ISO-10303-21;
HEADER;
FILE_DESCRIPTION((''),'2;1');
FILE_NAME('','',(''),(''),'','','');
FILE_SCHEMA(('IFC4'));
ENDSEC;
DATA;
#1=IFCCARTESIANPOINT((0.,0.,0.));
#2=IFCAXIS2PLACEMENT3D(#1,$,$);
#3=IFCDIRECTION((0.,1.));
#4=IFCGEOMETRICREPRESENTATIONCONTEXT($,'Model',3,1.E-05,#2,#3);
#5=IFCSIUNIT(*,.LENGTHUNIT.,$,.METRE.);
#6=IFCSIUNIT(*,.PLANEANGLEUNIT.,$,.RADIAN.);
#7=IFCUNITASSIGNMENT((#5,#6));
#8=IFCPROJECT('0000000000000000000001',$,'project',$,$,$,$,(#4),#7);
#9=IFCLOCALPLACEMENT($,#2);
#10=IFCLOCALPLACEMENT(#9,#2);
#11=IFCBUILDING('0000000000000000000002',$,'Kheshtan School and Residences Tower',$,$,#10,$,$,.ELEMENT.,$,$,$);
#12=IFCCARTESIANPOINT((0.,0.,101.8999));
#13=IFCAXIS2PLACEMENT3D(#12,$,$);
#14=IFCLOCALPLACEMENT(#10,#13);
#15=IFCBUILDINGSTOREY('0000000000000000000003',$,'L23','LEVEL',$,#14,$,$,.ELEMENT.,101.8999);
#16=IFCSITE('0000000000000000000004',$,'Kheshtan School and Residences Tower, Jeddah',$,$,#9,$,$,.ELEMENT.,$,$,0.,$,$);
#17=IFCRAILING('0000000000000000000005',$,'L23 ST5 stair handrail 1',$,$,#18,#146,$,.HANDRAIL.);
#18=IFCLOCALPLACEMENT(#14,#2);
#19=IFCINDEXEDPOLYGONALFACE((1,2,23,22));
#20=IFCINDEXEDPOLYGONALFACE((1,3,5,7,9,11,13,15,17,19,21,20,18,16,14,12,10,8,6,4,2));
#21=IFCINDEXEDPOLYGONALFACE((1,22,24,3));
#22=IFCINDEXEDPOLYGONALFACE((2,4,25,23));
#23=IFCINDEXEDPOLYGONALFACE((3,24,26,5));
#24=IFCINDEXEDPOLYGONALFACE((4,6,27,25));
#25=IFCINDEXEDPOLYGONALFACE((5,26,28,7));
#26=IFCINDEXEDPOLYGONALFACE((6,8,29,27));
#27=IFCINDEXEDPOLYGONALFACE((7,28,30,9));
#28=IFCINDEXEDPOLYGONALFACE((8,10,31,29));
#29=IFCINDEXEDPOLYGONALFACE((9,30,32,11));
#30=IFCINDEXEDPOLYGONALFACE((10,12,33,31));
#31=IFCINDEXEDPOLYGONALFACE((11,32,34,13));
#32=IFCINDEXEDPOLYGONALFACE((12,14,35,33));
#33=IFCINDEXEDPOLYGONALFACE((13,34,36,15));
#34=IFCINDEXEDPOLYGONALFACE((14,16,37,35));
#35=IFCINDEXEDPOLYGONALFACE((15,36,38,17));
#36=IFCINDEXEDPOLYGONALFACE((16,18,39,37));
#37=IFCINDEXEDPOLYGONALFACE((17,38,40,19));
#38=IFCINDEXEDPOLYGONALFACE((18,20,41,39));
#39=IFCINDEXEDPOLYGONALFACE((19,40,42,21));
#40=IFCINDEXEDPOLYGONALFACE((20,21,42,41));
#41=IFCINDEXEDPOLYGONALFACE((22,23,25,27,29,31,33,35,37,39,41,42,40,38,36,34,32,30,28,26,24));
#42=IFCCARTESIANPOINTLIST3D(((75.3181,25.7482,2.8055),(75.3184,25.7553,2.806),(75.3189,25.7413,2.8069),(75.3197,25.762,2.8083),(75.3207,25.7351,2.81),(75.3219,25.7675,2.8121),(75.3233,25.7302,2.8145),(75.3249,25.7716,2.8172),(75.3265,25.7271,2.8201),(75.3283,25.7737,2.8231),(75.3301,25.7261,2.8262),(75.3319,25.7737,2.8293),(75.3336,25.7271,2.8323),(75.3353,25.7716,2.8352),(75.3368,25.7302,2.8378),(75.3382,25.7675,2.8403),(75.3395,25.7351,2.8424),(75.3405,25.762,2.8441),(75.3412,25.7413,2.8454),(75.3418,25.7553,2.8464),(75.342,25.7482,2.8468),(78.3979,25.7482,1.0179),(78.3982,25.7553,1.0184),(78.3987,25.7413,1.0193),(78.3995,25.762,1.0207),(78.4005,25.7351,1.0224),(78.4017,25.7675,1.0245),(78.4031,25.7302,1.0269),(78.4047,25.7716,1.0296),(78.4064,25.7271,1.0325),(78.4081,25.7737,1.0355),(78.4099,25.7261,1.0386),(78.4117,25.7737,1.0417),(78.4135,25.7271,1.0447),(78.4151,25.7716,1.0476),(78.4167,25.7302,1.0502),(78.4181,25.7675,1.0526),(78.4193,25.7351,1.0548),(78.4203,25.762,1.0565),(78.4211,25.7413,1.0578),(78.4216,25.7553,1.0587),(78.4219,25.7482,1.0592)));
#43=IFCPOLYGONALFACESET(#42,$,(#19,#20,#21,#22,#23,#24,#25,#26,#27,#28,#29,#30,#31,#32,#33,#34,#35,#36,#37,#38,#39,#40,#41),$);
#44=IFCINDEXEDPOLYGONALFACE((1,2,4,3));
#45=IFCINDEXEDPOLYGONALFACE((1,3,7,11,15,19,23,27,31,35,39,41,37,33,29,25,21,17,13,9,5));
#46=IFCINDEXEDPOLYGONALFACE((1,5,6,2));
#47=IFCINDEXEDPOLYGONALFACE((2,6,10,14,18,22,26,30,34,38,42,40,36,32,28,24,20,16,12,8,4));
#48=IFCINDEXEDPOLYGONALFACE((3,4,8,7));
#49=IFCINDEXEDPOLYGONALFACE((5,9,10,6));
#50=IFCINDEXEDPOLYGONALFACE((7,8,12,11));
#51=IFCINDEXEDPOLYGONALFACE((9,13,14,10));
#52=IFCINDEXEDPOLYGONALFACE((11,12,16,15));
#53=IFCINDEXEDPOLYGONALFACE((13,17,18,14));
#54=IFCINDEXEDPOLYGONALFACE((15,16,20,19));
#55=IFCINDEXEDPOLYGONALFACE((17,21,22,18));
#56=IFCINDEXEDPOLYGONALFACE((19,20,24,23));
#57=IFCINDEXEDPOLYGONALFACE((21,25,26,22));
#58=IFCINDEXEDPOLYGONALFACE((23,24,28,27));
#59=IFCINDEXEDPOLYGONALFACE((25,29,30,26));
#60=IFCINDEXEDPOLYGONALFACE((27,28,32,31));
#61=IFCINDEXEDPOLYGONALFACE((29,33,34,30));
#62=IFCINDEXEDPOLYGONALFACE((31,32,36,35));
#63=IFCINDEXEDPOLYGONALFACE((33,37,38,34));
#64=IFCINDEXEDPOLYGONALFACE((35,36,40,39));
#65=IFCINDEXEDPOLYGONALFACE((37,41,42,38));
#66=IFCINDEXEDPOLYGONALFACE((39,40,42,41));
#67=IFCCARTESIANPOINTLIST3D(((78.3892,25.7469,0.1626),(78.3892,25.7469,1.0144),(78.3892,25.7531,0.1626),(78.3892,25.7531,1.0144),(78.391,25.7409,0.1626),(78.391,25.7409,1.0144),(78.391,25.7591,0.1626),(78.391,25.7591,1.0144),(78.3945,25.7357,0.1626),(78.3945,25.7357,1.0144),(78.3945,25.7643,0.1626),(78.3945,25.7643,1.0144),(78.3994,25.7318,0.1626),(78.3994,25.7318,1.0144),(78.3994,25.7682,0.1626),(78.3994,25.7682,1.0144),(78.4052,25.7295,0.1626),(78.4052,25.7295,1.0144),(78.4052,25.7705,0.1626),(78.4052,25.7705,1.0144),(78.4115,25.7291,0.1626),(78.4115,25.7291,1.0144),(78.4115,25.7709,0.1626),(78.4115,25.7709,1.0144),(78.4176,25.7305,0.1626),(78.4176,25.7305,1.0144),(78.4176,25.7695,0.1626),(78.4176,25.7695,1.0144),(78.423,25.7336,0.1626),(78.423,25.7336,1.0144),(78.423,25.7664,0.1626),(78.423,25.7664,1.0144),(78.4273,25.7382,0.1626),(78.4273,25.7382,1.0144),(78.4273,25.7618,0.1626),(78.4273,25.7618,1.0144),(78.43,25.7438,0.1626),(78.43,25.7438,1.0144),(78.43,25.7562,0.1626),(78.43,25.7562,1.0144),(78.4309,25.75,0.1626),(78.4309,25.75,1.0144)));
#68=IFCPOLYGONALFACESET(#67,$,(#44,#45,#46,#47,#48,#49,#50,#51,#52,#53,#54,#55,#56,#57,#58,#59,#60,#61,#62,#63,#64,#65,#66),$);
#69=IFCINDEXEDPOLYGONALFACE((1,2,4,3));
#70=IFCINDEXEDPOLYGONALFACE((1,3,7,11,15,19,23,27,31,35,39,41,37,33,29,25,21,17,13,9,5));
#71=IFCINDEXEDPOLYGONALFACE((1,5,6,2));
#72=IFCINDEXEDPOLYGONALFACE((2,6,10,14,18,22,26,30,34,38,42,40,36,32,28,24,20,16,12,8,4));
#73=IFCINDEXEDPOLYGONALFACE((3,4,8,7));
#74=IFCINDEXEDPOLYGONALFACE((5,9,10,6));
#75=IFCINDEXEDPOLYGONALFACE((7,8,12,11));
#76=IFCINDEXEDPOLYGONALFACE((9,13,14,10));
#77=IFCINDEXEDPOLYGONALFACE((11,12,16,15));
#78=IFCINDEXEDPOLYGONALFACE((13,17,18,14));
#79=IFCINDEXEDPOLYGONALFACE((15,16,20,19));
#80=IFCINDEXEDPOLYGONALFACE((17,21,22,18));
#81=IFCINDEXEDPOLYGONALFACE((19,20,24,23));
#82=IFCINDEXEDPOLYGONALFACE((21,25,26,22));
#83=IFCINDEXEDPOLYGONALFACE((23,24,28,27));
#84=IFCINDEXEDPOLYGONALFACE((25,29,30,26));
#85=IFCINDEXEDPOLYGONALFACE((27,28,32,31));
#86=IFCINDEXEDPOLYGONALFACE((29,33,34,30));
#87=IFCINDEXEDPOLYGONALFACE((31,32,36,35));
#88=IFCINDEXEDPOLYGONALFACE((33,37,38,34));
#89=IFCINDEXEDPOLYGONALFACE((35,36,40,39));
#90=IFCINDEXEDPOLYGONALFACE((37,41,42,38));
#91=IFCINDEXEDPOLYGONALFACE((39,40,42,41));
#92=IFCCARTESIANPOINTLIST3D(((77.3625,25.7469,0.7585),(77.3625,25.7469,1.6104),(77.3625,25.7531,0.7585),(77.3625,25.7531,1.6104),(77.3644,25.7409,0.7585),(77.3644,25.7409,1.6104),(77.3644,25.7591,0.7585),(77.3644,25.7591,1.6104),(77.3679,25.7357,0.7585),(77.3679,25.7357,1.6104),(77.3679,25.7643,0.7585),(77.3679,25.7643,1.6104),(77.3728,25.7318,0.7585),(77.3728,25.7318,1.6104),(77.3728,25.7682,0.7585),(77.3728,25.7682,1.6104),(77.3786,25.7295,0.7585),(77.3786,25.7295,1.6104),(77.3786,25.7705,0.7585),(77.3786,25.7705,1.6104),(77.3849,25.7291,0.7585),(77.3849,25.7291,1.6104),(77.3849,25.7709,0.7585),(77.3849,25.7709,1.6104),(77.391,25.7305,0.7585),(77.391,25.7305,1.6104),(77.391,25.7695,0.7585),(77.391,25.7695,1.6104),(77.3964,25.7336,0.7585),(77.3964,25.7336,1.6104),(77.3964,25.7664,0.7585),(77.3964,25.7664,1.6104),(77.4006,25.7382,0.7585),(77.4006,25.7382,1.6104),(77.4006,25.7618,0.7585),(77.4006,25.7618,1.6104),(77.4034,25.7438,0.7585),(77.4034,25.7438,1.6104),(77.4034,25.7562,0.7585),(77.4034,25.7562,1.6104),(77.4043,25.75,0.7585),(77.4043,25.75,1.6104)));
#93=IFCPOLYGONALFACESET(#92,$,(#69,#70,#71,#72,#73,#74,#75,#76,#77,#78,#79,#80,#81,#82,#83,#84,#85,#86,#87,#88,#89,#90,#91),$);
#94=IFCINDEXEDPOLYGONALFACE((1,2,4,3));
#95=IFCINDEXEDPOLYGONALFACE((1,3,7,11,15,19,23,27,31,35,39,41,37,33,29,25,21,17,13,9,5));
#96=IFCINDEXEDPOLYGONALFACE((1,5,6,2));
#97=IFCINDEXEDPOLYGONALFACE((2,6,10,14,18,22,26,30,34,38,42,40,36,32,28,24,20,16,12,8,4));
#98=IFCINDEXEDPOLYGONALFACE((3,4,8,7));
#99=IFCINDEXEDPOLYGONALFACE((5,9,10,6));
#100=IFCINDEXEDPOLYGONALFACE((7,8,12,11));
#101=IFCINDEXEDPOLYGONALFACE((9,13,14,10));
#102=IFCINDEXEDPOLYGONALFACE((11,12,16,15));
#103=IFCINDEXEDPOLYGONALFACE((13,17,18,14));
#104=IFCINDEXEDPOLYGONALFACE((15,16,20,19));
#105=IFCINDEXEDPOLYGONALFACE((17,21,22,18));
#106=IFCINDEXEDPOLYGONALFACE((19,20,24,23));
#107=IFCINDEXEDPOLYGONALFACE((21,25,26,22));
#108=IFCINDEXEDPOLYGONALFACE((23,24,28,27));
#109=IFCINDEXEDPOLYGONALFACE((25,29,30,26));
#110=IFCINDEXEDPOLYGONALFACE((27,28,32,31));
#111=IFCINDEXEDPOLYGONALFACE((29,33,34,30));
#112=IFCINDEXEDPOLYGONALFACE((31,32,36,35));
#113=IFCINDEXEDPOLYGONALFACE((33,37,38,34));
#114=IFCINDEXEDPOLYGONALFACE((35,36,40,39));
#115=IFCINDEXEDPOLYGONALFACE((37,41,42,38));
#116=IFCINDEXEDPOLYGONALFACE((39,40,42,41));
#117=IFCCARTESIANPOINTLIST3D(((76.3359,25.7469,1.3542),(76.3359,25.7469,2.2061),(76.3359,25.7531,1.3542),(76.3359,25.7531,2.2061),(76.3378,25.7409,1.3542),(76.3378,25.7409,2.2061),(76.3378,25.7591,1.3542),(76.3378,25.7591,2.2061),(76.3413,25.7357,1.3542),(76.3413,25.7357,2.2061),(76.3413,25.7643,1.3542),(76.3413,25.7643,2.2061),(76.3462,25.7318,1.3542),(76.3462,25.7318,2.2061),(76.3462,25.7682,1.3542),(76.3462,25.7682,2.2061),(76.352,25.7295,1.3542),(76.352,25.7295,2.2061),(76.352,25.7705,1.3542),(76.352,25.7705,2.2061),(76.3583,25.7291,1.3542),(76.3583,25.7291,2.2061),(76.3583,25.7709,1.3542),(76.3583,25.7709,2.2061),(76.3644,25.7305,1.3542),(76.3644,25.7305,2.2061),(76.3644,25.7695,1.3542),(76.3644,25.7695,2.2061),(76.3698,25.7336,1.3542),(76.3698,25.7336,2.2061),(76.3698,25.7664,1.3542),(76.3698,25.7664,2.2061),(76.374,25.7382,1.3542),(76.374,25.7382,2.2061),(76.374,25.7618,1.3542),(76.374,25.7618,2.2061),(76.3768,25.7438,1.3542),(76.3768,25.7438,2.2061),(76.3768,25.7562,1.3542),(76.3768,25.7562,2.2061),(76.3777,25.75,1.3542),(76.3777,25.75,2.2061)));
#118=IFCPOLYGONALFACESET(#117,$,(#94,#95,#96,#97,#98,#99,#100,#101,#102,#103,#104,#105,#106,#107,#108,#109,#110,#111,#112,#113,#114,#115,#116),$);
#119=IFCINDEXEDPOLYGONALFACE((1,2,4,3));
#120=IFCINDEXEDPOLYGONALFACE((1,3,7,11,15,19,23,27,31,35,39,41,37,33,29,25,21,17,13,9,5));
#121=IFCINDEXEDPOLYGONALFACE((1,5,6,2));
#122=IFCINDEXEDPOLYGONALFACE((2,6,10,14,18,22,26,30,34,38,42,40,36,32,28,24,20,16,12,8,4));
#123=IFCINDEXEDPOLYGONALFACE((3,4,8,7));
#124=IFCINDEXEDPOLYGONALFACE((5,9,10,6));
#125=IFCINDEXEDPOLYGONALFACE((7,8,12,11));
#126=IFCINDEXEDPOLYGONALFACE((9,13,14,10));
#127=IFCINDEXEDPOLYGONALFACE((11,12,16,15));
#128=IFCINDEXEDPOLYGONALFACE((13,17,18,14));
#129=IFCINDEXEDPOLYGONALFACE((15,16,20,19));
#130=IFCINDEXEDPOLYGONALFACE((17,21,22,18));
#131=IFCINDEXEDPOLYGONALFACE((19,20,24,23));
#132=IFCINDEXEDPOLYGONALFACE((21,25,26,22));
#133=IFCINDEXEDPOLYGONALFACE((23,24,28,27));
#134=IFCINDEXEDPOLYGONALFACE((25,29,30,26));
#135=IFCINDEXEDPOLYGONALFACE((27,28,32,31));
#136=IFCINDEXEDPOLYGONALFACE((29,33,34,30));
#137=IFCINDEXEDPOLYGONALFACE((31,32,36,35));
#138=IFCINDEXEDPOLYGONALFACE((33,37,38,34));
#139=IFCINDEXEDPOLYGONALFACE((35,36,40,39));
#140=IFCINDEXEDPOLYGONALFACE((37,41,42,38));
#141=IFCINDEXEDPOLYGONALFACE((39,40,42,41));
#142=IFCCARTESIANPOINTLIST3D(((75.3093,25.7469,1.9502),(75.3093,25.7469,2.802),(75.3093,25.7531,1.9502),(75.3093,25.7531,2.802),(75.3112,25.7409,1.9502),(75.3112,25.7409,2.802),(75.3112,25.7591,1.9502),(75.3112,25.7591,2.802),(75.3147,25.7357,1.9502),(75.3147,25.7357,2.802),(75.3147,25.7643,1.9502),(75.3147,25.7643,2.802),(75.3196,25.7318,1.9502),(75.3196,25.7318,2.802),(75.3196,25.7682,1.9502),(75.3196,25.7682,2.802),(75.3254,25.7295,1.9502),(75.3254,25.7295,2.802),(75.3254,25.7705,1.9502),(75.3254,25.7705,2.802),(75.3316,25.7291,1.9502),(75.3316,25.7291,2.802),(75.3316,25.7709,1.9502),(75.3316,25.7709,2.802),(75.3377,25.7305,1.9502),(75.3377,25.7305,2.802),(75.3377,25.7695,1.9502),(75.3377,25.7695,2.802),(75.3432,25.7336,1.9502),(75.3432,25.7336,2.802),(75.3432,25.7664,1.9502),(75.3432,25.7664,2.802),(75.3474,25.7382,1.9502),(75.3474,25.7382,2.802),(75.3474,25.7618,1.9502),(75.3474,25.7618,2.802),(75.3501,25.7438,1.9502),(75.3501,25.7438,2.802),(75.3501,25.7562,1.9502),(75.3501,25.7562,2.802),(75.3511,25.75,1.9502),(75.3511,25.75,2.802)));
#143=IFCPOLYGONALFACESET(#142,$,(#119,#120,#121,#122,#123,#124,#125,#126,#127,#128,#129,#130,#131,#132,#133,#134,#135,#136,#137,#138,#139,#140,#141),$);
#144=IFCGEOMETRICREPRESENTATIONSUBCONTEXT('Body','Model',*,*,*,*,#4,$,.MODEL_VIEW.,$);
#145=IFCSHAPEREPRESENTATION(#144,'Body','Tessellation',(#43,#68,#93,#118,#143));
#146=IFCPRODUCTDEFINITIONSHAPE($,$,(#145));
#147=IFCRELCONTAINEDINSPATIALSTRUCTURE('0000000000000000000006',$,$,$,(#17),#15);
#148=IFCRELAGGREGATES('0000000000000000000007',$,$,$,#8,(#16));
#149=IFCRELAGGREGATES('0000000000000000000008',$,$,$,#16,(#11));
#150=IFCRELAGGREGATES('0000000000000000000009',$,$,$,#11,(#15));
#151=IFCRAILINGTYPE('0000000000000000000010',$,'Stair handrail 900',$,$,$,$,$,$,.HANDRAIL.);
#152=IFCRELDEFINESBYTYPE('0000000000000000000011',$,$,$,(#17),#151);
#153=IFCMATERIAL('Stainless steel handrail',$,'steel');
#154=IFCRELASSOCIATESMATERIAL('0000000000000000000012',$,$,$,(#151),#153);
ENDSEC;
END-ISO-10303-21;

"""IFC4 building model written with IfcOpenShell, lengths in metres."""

from ifc_helpers import new_model, si_unit, direction, frame, origin, origin_2d, place, context, subcontext, project, spatial, circle, extrude, material, type_object, element, save


model = new_model("IFC4")

# Units and contexts
model_context = context("Model", 3, precision=1e-05, world=origin(), true_north=direction((0.0, 1.0)))
body_context = subcontext(model_context, "Body", "Model", "MODEL_VIEW")
ifc_project = project(units=[si_unit("LENGTHUNIT", "METRE"), si_unit("PLANEANGLEUNIT", "RADIAN")], contexts=[model_context])

# Site, building, storey
site_placement = place(None, origin())
site = spatial("IfcSite", under=ifc_project, at=site_placement, Name="Kheshtan School and Residences Tower, Jeddah", CompositionType="ELEMENT", RefElevation=0.0)
building_placement = place(site_placement, origin())
building = spatial("IfcBuilding", under=site, at=building_placement, Name="Kheshtan School and Residences Tower", CompositionType="ELEMENT")
storey_placement = place(building_placement, frame((0.0, 0.0, 101.8999)))
storey = spatial("IfcBuildingStorey", under=building, at=storey_placement, Name="L23", Description="LEVEL", CompositionType="ELEMENT", Elevation=101.8999)

# Railing
ifc_material_1 = material(Name="Stainless steel handrail", Category="steel")
railing_type_1 = type_object("IfcRailingType", Name="Stair handrail 900", PredefinedType="HANDRAIL", material=ifc_material_1)
railing_1_placement = place(storey_placement, frame((78.4099, 25.75, 0.1626)))
element("IfcRailing", 1, at=railing_1_placement, inside=storey, type_object=railing_type_1, Name="L23 ST5 stair handrail 1", PredefinedType="HANDRAIL", context=body_context, shape_type="SweptSolid", body=[
    extrude(circle(Radius=0.0239, at=origin_2d()), frame((0.0, 0.0, 0.876), z_axis=(-0.864873, 0.0, 0.50199), x_axis=(0.0, -1.0, 0.0)), (0.0, 0.0, 1.0), 3.561),
    extrude(circle(Radius=0.021, at=origin_2d()), origin(), (0.0, 0.0, 1.0), 0.8518),
    extrude(circle(Radius=0.021, at=origin_2d()), frame((-1.0266, 0.0, 0.5959)), (0.0, 0.0, 1.0), 0.8518),
    extrude(circle(Radius=0.021, at=origin_2d()), frame((-2.0532, 0.0, 1.1917)), (0.0, 0.0, 1.0), 0.8518),
    extrude(circle(Radius=0.021, at=origin_2d()), frame((-3.0798, 0.0, 1.7876)), (0.0, 0.0, 1.0), 0.8518),
])

save(model, "model.ifc")
